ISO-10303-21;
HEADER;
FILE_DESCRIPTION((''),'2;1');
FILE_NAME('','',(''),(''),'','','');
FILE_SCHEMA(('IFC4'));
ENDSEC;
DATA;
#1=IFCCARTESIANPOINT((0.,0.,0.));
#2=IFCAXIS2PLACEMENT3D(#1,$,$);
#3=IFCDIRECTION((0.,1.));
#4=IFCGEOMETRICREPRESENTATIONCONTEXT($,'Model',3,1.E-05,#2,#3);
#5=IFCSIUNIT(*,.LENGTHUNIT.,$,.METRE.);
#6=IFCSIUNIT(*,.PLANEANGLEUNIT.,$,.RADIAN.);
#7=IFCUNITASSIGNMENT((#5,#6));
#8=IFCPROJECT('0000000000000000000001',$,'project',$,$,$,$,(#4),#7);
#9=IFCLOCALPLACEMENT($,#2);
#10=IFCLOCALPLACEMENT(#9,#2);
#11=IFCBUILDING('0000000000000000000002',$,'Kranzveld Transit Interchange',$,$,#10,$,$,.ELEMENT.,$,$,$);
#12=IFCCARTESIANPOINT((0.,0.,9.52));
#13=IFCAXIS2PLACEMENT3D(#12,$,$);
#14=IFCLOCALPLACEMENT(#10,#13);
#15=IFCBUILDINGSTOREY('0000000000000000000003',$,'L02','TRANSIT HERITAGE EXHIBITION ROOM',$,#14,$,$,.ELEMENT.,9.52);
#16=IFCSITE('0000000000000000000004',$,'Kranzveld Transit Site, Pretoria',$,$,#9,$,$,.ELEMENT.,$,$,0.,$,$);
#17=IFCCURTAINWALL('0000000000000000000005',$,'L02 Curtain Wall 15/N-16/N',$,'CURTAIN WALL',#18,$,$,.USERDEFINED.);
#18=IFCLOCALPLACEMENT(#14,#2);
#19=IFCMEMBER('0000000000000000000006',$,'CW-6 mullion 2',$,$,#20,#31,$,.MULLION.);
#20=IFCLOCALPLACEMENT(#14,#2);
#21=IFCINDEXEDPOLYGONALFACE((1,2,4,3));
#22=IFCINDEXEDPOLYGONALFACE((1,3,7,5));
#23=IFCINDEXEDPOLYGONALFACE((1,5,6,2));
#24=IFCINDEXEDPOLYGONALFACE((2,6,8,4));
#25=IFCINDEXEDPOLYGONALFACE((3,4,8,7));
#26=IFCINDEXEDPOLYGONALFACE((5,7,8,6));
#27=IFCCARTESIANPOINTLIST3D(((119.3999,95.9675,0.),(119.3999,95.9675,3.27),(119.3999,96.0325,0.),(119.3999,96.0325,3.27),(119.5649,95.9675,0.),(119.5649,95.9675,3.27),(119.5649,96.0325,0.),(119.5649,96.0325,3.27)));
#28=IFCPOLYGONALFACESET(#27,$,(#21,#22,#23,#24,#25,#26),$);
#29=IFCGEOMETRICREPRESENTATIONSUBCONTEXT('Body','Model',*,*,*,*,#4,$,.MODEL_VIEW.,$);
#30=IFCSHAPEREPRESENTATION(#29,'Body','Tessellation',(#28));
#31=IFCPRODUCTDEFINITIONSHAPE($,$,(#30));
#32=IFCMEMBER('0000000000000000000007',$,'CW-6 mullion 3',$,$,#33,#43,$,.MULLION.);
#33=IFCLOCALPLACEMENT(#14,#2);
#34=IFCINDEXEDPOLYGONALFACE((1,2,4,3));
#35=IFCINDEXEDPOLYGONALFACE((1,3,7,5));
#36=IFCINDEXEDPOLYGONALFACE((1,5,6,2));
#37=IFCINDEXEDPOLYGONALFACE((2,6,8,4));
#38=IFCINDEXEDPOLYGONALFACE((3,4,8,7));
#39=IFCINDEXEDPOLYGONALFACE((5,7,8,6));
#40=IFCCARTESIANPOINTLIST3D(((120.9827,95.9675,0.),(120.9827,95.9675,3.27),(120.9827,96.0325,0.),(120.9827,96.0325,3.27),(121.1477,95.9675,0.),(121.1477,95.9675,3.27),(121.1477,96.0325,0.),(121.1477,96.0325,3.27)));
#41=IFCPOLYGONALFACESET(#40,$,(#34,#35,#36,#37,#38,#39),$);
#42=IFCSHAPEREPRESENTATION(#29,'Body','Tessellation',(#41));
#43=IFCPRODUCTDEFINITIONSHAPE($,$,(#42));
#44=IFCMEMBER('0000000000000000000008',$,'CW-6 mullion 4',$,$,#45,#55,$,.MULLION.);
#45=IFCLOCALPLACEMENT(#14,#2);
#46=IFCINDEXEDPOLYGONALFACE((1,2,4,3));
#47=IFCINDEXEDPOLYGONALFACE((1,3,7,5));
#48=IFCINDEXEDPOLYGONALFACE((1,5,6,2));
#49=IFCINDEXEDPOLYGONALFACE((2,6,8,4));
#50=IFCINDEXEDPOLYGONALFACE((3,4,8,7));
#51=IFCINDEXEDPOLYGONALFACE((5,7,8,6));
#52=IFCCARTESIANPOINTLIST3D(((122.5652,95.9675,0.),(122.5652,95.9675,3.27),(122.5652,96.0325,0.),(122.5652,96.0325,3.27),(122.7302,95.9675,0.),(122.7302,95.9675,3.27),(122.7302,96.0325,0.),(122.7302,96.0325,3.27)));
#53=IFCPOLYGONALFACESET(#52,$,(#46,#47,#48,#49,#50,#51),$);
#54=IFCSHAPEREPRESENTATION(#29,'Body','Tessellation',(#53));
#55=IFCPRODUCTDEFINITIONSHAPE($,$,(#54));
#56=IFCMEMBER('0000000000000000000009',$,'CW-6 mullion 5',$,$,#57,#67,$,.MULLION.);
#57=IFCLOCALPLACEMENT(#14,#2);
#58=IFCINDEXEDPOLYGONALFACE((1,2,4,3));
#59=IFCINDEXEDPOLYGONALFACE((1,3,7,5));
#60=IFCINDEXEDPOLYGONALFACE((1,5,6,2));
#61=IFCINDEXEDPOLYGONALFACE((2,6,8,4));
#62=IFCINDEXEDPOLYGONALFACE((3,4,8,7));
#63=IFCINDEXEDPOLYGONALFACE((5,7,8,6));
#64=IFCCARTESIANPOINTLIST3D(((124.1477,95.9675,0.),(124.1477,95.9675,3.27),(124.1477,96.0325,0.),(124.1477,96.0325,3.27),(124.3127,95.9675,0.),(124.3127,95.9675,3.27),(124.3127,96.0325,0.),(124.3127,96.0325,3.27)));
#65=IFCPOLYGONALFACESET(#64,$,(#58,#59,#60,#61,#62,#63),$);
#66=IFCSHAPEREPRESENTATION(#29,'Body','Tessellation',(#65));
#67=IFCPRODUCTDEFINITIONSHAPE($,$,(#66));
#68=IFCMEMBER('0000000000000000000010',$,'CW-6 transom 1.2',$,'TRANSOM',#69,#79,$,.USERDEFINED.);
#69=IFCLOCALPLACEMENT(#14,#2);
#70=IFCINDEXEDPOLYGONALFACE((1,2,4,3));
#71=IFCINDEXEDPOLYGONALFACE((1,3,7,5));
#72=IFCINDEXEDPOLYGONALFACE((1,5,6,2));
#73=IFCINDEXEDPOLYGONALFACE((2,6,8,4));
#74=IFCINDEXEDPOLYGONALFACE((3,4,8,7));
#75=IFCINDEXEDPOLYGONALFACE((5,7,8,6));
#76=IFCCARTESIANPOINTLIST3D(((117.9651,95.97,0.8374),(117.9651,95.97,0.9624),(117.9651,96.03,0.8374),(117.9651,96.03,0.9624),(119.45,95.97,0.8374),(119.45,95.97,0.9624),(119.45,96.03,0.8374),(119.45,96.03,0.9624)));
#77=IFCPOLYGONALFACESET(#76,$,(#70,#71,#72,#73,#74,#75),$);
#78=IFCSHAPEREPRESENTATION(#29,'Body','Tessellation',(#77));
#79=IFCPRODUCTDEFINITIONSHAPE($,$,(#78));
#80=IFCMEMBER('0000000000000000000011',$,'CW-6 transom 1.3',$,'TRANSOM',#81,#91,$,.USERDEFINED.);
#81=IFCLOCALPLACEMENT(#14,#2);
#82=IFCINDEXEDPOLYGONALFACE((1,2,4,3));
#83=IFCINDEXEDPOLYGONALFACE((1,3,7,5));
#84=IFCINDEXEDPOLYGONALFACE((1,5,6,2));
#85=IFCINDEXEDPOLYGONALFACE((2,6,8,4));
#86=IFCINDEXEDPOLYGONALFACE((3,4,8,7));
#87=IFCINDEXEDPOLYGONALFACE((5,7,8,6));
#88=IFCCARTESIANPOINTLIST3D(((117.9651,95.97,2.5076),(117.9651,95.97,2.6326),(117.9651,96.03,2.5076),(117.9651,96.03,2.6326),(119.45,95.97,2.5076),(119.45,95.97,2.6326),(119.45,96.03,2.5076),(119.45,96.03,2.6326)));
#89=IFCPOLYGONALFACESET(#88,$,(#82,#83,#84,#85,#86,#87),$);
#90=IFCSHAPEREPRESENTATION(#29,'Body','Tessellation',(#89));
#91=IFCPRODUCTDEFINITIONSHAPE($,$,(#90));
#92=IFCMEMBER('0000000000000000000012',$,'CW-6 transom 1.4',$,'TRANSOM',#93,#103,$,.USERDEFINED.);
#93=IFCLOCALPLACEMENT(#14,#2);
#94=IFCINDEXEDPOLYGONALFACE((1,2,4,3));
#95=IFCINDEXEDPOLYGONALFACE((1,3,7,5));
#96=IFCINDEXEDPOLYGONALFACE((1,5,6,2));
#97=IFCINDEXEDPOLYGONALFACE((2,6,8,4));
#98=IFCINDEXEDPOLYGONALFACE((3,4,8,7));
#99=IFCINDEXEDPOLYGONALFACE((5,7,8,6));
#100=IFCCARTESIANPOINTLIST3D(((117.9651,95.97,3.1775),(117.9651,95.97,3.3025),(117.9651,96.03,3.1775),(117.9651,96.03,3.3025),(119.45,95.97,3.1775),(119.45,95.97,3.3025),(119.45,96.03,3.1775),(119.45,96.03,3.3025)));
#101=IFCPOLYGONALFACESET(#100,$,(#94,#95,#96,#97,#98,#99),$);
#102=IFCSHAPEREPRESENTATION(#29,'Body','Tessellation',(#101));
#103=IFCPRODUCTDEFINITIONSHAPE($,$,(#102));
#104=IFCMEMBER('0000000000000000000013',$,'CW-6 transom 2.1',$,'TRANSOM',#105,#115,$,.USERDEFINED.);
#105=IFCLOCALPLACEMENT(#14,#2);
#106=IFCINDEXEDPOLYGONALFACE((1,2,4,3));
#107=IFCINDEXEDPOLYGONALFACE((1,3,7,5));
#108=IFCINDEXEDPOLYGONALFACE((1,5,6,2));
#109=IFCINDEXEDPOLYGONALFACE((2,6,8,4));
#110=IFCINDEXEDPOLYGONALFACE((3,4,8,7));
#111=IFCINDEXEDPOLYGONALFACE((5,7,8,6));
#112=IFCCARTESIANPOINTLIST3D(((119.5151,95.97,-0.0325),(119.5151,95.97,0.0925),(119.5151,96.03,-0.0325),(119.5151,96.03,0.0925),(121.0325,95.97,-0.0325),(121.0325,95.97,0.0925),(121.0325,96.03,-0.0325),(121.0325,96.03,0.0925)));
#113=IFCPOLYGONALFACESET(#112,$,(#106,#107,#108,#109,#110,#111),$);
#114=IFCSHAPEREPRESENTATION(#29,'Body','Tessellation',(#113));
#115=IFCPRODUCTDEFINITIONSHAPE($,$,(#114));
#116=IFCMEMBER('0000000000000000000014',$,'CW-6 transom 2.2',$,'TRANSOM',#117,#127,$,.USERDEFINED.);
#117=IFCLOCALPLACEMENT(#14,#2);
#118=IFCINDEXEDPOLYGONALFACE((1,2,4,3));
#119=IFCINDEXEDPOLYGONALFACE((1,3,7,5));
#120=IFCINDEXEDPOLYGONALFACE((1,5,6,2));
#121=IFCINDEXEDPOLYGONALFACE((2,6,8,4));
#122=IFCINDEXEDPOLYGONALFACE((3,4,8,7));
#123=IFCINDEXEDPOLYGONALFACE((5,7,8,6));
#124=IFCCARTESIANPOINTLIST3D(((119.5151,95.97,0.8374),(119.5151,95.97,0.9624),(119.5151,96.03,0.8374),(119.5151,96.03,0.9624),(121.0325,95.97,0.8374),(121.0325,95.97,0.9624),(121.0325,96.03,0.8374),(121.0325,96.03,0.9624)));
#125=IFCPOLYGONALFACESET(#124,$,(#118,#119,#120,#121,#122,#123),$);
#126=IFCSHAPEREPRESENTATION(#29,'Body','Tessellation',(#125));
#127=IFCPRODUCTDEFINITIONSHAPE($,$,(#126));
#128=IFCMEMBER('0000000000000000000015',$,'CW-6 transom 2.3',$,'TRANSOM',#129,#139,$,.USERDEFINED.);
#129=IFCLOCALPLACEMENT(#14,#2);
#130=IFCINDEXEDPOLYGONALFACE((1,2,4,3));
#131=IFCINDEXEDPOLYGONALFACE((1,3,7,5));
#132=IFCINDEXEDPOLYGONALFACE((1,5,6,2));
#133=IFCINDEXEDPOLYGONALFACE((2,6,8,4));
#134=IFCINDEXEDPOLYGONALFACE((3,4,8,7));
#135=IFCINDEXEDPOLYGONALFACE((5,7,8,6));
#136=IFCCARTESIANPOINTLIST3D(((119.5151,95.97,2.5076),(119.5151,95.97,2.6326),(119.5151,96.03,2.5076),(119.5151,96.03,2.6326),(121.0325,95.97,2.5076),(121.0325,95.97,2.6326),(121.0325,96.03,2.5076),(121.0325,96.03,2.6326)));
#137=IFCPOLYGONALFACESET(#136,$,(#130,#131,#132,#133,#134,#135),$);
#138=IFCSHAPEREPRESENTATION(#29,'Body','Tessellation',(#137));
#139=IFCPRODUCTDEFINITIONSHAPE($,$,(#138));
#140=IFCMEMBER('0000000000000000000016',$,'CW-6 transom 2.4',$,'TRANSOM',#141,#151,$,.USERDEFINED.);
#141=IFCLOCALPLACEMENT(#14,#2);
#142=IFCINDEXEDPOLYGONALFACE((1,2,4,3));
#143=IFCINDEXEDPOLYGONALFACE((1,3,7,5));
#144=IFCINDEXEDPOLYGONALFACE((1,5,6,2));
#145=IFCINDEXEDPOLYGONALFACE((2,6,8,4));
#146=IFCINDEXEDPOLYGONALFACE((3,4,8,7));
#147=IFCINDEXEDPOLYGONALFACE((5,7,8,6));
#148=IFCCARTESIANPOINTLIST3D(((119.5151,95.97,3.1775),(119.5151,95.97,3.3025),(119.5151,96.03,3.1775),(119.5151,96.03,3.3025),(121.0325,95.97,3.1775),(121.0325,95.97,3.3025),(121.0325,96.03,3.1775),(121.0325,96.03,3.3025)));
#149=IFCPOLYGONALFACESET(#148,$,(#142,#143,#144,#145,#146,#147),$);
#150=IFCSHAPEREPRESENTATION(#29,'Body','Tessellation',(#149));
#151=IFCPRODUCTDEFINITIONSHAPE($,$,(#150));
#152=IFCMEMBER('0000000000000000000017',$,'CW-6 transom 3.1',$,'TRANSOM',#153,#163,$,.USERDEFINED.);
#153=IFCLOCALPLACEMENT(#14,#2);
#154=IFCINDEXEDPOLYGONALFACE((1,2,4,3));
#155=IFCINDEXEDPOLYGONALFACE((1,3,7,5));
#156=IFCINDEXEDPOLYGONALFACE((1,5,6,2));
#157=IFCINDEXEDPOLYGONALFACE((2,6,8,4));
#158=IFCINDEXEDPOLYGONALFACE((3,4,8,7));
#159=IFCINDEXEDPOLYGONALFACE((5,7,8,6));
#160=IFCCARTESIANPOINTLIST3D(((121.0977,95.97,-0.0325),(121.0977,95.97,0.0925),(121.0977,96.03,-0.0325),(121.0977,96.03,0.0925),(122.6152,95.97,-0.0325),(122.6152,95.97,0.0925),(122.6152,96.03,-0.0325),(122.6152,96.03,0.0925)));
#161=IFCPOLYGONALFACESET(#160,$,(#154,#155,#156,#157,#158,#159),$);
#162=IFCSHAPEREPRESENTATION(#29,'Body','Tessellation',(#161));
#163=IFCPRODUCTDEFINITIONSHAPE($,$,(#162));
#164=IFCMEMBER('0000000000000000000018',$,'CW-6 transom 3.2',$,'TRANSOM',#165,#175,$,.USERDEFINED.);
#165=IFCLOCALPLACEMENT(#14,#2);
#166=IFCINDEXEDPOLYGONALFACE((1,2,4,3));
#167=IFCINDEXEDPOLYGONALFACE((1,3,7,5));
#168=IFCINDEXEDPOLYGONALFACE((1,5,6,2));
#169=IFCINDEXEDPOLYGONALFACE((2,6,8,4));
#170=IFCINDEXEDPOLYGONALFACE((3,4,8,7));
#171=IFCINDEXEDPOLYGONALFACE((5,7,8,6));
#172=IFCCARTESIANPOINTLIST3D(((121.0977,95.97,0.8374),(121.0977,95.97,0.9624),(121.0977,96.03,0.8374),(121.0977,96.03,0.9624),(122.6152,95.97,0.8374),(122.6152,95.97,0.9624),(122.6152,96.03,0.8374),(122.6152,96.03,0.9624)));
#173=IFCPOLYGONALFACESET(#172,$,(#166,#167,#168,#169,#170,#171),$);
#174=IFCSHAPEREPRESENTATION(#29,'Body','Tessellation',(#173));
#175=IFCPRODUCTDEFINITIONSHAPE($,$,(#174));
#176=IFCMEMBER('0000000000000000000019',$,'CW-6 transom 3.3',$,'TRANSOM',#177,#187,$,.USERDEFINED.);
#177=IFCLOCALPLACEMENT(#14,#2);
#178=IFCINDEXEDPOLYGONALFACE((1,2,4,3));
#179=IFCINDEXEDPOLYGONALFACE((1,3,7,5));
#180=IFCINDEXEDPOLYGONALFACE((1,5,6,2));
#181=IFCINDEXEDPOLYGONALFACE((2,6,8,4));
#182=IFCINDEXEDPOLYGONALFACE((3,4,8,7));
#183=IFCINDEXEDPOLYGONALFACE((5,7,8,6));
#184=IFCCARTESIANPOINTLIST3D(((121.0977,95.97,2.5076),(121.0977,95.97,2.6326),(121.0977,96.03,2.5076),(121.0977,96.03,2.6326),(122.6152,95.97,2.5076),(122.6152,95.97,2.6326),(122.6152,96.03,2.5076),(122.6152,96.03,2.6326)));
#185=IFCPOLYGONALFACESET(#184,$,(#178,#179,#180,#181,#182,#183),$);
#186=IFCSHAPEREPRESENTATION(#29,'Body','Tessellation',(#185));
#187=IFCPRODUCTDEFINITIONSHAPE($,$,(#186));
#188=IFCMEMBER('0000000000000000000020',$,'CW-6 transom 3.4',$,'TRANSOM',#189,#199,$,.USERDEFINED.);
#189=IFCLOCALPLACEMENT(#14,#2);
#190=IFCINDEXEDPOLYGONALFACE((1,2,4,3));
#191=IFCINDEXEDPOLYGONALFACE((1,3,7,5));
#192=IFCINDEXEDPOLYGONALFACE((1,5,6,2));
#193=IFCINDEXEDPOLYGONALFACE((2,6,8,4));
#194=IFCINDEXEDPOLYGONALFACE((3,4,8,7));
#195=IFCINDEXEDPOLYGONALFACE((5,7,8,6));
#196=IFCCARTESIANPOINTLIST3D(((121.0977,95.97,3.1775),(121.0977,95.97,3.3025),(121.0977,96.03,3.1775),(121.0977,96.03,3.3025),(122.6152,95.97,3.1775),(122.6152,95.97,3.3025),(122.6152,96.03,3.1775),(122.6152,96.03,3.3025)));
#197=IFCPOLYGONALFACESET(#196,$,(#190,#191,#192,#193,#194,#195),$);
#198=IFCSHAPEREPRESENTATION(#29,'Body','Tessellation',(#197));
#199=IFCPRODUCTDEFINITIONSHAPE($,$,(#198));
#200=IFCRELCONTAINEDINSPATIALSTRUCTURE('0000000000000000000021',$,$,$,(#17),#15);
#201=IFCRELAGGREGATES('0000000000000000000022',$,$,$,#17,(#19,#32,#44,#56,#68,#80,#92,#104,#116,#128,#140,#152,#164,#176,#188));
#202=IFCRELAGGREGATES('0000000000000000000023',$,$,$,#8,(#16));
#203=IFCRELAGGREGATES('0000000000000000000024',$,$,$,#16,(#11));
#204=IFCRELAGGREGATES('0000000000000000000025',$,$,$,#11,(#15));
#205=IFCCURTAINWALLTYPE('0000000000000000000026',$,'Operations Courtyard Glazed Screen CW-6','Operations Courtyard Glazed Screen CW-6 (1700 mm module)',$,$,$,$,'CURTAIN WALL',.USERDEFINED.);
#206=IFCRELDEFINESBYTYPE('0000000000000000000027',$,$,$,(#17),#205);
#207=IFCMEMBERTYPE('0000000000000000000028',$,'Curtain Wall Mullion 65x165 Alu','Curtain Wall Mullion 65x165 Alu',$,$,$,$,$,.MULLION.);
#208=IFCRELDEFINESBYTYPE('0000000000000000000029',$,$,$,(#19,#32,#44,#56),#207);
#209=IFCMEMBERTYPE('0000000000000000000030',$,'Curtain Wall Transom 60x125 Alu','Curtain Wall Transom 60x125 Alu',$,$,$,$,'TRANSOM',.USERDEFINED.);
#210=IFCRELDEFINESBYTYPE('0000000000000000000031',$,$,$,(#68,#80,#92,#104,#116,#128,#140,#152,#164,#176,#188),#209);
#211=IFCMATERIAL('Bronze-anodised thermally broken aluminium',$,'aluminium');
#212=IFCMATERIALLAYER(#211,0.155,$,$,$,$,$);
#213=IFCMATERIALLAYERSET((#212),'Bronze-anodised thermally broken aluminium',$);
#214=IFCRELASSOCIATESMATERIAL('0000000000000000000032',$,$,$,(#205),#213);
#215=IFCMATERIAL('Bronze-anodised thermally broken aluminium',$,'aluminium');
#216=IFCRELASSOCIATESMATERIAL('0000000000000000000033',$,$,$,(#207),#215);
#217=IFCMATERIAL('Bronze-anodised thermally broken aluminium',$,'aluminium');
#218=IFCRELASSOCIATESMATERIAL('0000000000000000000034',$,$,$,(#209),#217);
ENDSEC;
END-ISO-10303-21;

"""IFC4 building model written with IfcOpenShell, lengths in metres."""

from ifc_helpers import new_model, si_unit, direction, frame, origin, origin_2d, place, context, subcontext, project, spatial, rectangle, extrude, material, layer, layer_set, material_profile, profile_set, type_object, element, aggregate, save


model = new_model("IFC4")

# Units and contexts
model_context = context("Model", 3, precision=1e-05, world=origin(), true_north=direction((0.0, 1.0)))
body_context = subcontext(model_context, "Body", "Model", "MODEL_VIEW")
ifc_project = project(units=[si_unit("LENGTHUNIT", "METRE"), si_unit("PLANEANGLEUNIT", "RADIAN")], contexts=[model_context])

# Site, building, storey
site_placement = place(None, origin())
site = spatial("IfcSite", under=ifc_project, at=site_placement, Name="Kranzveld Transit Site, Pretoria", CompositionType="ELEMENT", RefElevation=0.0)
building_placement = place(site_placement, origin())
building = spatial("IfcBuilding", under=site, at=building_placement, Name="Kranzveld Transit Interchange", CompositionType="ELEMENT")
storey_placement = place(building_placement, frame((0.0, 0.0, 9.52)))
storey = spatial("IfcBuildingStorey", under=building, at=storey_placement, Name="L02", Description="TRANSIT HERITAGE EXHIBITION ROOM", CompositionType="ELEMENT", Elevation=9.52)

# Curtain wall, members
ifc_material_1 = material(Name="Bronze-anodised thermally broken aluminium", Category="aluminium")
ifc_layer_1 = layer(ifc_material_1, 0.155)
ifc_layer_set_1 = layer_set([ifc_layer_1], Name="Bronze-anodised thermally broken aluminium")
curtain_wall_type = type_object("IfcCurtainWallType", Name="Operations Courtyard Glazed Screen CW-6", Description="Operations Courtyard Glazed Screen CW-6 (1700 mm module)", ElementType="CURTAIN WALL", PredefinedType="USERDEFINED", material=ifc_layer_set_1)
curtain_wall_placement = place(storey_placement, origin())
curtain_wall = element("IfcCurtainWall", 1, at=curtain_wall_placement, inside=storey, type_object=curtain_wall_type, Name="L02 Curtain Wall 15/N-16/N", ObjectType="CURTAIN WALL", PredefinedType="USERDEFINED")
ifc_material_2 = material(Name="Bronze-anodised thermally broken aluminium", Category="aluminium")
ifc_material_profile_1 = material_profile(ifc_material_2, rectangle(XDim=0.0649, YDim=0.165, at=origin_2d()), Name="ALU MULLION 65x165")
ifc_profile_set_1 = profile_set([ifc_material_profile_1], Name="Bronze-anodised thermally broken aluminium")
member_type_1 = type_object("IfcMemberType", Name="Curtain Wall Mullion 65x165 Alu", Description="Curtain Wall Mullion 65x165 Alu", PredefinedType="MULLION", material=ifc_profile_set_1)
member_1_placement = place(storey_placement, frame((119.4824, 96.0, 0.0), z_axis=(0.0, 0.0, 1.0), x_axis=(0.0, 1.0, 0.0)))
member_1 = element("IfcMember", 2, at=member_1_placement, type_object=member_type_1, Name="CW-6 mullion 2", PredefinedType="MULLION", context=body_context, shape_type="SweptSolid", body=[
    extrude(rectangle(XDim=0.0649, YDim=0.165, at=origin_2d()), origin(), (0.0, 0.0, 1.0), 3.27),
])
member_2_placement = place(storey_placement, frame((121.0652, 96.0, 0.0), z_axis=(0.0, 0.0, 1.0), x_axis=(0.0, 1.0, 0.0)))
member_2 = element("IfcMember", 3, at=member_2_placement, type_object=member_type_1, Name="CW-6 mullion 3", PredefinedType="MULLION", context=body_context, shape_type="SweptSolid", body=[
    extrude(rectangle(XDim=0.0649, YDim=0.165, at=origin_2d()), origin(), (0.0, 0.0, 1.0), 3.27),
])
member_3_placement = place(storey_placement, frame((122.6477, 96.0, 0.0), z_axis=(0.0, 0.0, 1.0), x_axis=(0.0, 1.0, 0.0)))
member_3 = element("IfcMember", 4, at=member_3_placement, type_object=member_type_1, Name="CW-6 mullion 4", PredefinedType="MULLION", context=body_context, shape_type="SweptSolid", body=[
    extrude(rectangle(XDim=0.0649, YDim=0.165, at=origin_2d()), origin(), (0.0, 0.0, 1.0), 3.27),
])
member_4_placement = place(storey_placement, frame((124.2302, 96.0, 0.0), z_axis=(0.0, 0.0, 1.0), x_axis=(0.0, 1.0, 0.0)))
member_4 = element("IfcMember", 5, at=member_4_placement, type_object=member_type_1, Name="CW-6 mullion 5", PredefinedType="MULLION", context=body_context, shape_type="SweptSolid", body=[
    extrude(rectangle(XDim=0.0649, YDim=0.165, at=origin_2d()), origin(), (0.0, 0.0, 1.0), 3.27),
])
ifc_material_3 = material(Name="Bronze-anodised thermally broken aluminium", Category="aluminium")
ifc_material_profile_2 = material_profile(ifc_material_3, rectangle(XDim=0.0601, YDim=0.125, at=origin_2d()), Name="ALU TRANSOM 60x125")
ifc_profile_set_2 = profile_set([ifc_material_profile_2], Name="Bronze-anodised thermally broken aluminium")
member_type_2 = type_object("IfcMemberType", Name="Curtain Wall Transom 60x125 Alu", Description="Curtain Wall Transom 60x125 Alu", ElementType="TRANSOM", PredefinedType="USERDEFINED", material=ifc_profile_set_2)
member_5_placement = place(storey_placement, frame((117.9651, 96.0, 0.8999), z_axis=(1.0, 0.0, 0.0), x_axis=(0.0, 1.0, 0.0)))
member_5 = element("IfcMember", 6, at=member_5_placement, type_object=member_type_2, Name="CW-6 transom 1.2", ObjectType="TRANSOM", PredefinedType="USERDEFINED", context=body_context, shape_type="SweptSolid", body=[
    extrude(rectangle(XDim=0.0601, YDim=0.125, at=origin_2d()), origin(), (0.0, 0.0, 1.0), 1.4849),
])
member_6_placement = place(storey_placement, frame((117.9651, 96.0, 2.5701), z_axis=(1.0, 0.0, 0.0), x_axis=(0.0, 1.0, 0.0)))
member_6 = element("IfcMember", 7, at=member_6_placement, type_object=member_type_2, Name="CW-6 transom 1.3", ObjectType="TRANSOM", PredefinedType="USERDEFINED", context=body_context, shape_type="SweptSolid", body=[
    extrude(rectangle(XDim=0.0601, YDim=0.125, at=origin_2d()), origin(), (0.0, 0.0, 1.0), 1.4849),
])
member_7_placement = place(storey_placement, frame((117.9651, 96.0, 3.24), z_axis=(1.0, 0.0, 0.0), x_axis=(0.0, 1.0, 0.0)))
member_7 = element("IfcMember", 8, at=member_7_placement, type_object=member_type_2, Name="CW-6 transom 1.4", ObjectType="TRANSOM", PredefinedType="USERDEFINED", context=body_context, shape_type="SweptSolid", body=[
    extrude(rectangle(XDim=0.0601, YDim=0.125, at=origin_2d()), origin(), (0.0, 0.0, 1.0), 1.4849),
])
member_8_placement = place(storey_placement, frame((119.5151, 96.0, 0.03), z_axis=(1.0, 0.0, 0.0), x_axis=(0.0, 1.0, 0.0)))
member_8 = element("IfcMember", 9, at=member_8_placement, type_object=member_type_2, Name="CW-6 transom 2.1", ObjectType="TRANSOM", PredefinedType="USERDEFINED", context=body_context, shape_type="SweptSolid", body=[
    extrude(rectangle(XDim=0.0601, YDim=0.125, at=origin_2d()), origin(), (0.0, 0.0, 1.0), 1.5173),
])
member_9_placement = place(storey_placement, frame((119.5151, 96.0, 0.8999), z_axis=(1.0, 0.0, 0.0), x_axis=(0.0, 1.0, 0.0)))
member_9 = element("IfcMember", 10, at=member_9_placement, type_object=member_type_2, Name="CW-6 transom 2.2", ObjectType="TRANSOM", PredefinedType="USERDEFINED", context=body_context, shape_type="SweptSolid", body=[
    extrude(rectangle(XDim=0.0601, YDim=0.125, at=origin_2d()), origin(), (0.0, 0.0, 1.0), 1.5173),
])
member_10_placement = place(storey_placement, frame((119.5151, 96.0, 2.5701), z_axis=(1.0, 0.0, 0.0), x_axis=(0.0, 1.0, 0.0)))
member_10 = element("IfcMember", 11, at=member_10_placement, type_object=member_type_2, Name="CW-6 transom 2.3", ObjectType="TRANSOM", PredefinedType="USERDEFINED", context=body_context, shape_type="SweptSolid", body=[
    extrude(rectangle(XDim=0.0601, YDim=0.125, at=origin_2d()), origin(), (0.0, 0.0, 1.0), 1.5173),
])
member_11_placement = place(storey_placement, frame((119.5151, 96.0, 3.24), z_axis=(1.0, 0.0, 0.0), x_axis=(0.0, 1.0, 0.0)))
member_11 = element("IfcMember", 12, at=member_11_placement, type_object=member_type_2, Name="CW-6 transom 2.4", ObjectType="TRANSOM", PredefinedType="USERDEFINED", context=body_context, shape_type="SweptSolid", body=[
    extrude(rectangle(XDim=0.0601, YDim=0.125, at=origin_2d()), origin(), (0.0, 0.0, 1.0), 1.5173),
])
member_12_placement = place(storey_placement, frame((121.0977, 96.0, 0.03), z_axis=(1.0, 0.0, 0.0), x_axis=(0.0, 1.0, 0.0)))
member_12 = element("IfcMember", 13, at=member_12_placement, type_object=member_type_2, Name="CW-6 transom 3.1", ObjectType="TRANSOM", PredefinedType="USERDEFINED", context=body_context, shape_type="SweptSolid", body=[
    extrude(rectangle(XDim=0.0601, YDim=0.125, at=origin_2d()), origin(), (0.0, 0.0, 1.0), 1.5176),
])
member_13_placement = place(storey_placement, frame((121.0977, 96.0, 0.8999), z_axis=(1.0, 0.0, 0.0), x_axis=(0.0, 1.0, 0.0)))
member_13 = element("IfcMember", 14, at=member_13_placement, type_object=member_type_2, Name="CW-6 transom 3.2", ObjectType="TRANSOM", PredefinedType="USERDEFINED", context=body_context, shape_type="SweptSolid", body=[
    extrude(rectangle(XDim=0.0601, YDim=0.125, at=origin_2d()), origin(), (0.0, 0.0, 1.0), 1.5176),
])
member_14_placement = place(storey_placement, frame((121.0977, 96.0, 2.5701), z_axis=(1.0, 0.0, 0.0), x_axis=(0.0, 1.0, 0.0)))
member_14 = element("IfcMember", 15, at=member_14_placement, type_object=member_type_2, Name="CW-6 transom 3.3", ObjectType="TRANSOM", PredefinedType="USERDEFINED", context=body_context, shape_type="SweptSolid", body=[
    extrude(rectangle(XDim=0.0601, YDim=0.125, at=origin_2d()), origin(), (0.0, 0.0, 1.0), 1.5176),
])
member_15_placement = place(storey_placement, frame((121.0977, 96.0, 3.24), z_axis=(1.0, 0.0, 0.0), x_axis=(0.0, 1.0, 0.0)))
member_15 = element("IfcMember", 16, at=member_15_placement, type_object=member_type_2, Name="CW-6 transom 3.4", ObjectType="TRANSOM", PredefinedType="USERDEFINED", context=body_context, shape_type="SweptSolid", body=[
    extrude(rectangle(XDim=0.0601, YDim=0.125, at=origin_2d()), origin(), (0.0, 0.0, 1.0), 1.5176),
])
aggregate(curtain_wall, [member_1, member_2, member_3, member_4, member_5, member_6, member_7, member_8, member_9, member_10, member_11, member_12, member_13, member_14, member_15])

save(model, "model.ifc")
